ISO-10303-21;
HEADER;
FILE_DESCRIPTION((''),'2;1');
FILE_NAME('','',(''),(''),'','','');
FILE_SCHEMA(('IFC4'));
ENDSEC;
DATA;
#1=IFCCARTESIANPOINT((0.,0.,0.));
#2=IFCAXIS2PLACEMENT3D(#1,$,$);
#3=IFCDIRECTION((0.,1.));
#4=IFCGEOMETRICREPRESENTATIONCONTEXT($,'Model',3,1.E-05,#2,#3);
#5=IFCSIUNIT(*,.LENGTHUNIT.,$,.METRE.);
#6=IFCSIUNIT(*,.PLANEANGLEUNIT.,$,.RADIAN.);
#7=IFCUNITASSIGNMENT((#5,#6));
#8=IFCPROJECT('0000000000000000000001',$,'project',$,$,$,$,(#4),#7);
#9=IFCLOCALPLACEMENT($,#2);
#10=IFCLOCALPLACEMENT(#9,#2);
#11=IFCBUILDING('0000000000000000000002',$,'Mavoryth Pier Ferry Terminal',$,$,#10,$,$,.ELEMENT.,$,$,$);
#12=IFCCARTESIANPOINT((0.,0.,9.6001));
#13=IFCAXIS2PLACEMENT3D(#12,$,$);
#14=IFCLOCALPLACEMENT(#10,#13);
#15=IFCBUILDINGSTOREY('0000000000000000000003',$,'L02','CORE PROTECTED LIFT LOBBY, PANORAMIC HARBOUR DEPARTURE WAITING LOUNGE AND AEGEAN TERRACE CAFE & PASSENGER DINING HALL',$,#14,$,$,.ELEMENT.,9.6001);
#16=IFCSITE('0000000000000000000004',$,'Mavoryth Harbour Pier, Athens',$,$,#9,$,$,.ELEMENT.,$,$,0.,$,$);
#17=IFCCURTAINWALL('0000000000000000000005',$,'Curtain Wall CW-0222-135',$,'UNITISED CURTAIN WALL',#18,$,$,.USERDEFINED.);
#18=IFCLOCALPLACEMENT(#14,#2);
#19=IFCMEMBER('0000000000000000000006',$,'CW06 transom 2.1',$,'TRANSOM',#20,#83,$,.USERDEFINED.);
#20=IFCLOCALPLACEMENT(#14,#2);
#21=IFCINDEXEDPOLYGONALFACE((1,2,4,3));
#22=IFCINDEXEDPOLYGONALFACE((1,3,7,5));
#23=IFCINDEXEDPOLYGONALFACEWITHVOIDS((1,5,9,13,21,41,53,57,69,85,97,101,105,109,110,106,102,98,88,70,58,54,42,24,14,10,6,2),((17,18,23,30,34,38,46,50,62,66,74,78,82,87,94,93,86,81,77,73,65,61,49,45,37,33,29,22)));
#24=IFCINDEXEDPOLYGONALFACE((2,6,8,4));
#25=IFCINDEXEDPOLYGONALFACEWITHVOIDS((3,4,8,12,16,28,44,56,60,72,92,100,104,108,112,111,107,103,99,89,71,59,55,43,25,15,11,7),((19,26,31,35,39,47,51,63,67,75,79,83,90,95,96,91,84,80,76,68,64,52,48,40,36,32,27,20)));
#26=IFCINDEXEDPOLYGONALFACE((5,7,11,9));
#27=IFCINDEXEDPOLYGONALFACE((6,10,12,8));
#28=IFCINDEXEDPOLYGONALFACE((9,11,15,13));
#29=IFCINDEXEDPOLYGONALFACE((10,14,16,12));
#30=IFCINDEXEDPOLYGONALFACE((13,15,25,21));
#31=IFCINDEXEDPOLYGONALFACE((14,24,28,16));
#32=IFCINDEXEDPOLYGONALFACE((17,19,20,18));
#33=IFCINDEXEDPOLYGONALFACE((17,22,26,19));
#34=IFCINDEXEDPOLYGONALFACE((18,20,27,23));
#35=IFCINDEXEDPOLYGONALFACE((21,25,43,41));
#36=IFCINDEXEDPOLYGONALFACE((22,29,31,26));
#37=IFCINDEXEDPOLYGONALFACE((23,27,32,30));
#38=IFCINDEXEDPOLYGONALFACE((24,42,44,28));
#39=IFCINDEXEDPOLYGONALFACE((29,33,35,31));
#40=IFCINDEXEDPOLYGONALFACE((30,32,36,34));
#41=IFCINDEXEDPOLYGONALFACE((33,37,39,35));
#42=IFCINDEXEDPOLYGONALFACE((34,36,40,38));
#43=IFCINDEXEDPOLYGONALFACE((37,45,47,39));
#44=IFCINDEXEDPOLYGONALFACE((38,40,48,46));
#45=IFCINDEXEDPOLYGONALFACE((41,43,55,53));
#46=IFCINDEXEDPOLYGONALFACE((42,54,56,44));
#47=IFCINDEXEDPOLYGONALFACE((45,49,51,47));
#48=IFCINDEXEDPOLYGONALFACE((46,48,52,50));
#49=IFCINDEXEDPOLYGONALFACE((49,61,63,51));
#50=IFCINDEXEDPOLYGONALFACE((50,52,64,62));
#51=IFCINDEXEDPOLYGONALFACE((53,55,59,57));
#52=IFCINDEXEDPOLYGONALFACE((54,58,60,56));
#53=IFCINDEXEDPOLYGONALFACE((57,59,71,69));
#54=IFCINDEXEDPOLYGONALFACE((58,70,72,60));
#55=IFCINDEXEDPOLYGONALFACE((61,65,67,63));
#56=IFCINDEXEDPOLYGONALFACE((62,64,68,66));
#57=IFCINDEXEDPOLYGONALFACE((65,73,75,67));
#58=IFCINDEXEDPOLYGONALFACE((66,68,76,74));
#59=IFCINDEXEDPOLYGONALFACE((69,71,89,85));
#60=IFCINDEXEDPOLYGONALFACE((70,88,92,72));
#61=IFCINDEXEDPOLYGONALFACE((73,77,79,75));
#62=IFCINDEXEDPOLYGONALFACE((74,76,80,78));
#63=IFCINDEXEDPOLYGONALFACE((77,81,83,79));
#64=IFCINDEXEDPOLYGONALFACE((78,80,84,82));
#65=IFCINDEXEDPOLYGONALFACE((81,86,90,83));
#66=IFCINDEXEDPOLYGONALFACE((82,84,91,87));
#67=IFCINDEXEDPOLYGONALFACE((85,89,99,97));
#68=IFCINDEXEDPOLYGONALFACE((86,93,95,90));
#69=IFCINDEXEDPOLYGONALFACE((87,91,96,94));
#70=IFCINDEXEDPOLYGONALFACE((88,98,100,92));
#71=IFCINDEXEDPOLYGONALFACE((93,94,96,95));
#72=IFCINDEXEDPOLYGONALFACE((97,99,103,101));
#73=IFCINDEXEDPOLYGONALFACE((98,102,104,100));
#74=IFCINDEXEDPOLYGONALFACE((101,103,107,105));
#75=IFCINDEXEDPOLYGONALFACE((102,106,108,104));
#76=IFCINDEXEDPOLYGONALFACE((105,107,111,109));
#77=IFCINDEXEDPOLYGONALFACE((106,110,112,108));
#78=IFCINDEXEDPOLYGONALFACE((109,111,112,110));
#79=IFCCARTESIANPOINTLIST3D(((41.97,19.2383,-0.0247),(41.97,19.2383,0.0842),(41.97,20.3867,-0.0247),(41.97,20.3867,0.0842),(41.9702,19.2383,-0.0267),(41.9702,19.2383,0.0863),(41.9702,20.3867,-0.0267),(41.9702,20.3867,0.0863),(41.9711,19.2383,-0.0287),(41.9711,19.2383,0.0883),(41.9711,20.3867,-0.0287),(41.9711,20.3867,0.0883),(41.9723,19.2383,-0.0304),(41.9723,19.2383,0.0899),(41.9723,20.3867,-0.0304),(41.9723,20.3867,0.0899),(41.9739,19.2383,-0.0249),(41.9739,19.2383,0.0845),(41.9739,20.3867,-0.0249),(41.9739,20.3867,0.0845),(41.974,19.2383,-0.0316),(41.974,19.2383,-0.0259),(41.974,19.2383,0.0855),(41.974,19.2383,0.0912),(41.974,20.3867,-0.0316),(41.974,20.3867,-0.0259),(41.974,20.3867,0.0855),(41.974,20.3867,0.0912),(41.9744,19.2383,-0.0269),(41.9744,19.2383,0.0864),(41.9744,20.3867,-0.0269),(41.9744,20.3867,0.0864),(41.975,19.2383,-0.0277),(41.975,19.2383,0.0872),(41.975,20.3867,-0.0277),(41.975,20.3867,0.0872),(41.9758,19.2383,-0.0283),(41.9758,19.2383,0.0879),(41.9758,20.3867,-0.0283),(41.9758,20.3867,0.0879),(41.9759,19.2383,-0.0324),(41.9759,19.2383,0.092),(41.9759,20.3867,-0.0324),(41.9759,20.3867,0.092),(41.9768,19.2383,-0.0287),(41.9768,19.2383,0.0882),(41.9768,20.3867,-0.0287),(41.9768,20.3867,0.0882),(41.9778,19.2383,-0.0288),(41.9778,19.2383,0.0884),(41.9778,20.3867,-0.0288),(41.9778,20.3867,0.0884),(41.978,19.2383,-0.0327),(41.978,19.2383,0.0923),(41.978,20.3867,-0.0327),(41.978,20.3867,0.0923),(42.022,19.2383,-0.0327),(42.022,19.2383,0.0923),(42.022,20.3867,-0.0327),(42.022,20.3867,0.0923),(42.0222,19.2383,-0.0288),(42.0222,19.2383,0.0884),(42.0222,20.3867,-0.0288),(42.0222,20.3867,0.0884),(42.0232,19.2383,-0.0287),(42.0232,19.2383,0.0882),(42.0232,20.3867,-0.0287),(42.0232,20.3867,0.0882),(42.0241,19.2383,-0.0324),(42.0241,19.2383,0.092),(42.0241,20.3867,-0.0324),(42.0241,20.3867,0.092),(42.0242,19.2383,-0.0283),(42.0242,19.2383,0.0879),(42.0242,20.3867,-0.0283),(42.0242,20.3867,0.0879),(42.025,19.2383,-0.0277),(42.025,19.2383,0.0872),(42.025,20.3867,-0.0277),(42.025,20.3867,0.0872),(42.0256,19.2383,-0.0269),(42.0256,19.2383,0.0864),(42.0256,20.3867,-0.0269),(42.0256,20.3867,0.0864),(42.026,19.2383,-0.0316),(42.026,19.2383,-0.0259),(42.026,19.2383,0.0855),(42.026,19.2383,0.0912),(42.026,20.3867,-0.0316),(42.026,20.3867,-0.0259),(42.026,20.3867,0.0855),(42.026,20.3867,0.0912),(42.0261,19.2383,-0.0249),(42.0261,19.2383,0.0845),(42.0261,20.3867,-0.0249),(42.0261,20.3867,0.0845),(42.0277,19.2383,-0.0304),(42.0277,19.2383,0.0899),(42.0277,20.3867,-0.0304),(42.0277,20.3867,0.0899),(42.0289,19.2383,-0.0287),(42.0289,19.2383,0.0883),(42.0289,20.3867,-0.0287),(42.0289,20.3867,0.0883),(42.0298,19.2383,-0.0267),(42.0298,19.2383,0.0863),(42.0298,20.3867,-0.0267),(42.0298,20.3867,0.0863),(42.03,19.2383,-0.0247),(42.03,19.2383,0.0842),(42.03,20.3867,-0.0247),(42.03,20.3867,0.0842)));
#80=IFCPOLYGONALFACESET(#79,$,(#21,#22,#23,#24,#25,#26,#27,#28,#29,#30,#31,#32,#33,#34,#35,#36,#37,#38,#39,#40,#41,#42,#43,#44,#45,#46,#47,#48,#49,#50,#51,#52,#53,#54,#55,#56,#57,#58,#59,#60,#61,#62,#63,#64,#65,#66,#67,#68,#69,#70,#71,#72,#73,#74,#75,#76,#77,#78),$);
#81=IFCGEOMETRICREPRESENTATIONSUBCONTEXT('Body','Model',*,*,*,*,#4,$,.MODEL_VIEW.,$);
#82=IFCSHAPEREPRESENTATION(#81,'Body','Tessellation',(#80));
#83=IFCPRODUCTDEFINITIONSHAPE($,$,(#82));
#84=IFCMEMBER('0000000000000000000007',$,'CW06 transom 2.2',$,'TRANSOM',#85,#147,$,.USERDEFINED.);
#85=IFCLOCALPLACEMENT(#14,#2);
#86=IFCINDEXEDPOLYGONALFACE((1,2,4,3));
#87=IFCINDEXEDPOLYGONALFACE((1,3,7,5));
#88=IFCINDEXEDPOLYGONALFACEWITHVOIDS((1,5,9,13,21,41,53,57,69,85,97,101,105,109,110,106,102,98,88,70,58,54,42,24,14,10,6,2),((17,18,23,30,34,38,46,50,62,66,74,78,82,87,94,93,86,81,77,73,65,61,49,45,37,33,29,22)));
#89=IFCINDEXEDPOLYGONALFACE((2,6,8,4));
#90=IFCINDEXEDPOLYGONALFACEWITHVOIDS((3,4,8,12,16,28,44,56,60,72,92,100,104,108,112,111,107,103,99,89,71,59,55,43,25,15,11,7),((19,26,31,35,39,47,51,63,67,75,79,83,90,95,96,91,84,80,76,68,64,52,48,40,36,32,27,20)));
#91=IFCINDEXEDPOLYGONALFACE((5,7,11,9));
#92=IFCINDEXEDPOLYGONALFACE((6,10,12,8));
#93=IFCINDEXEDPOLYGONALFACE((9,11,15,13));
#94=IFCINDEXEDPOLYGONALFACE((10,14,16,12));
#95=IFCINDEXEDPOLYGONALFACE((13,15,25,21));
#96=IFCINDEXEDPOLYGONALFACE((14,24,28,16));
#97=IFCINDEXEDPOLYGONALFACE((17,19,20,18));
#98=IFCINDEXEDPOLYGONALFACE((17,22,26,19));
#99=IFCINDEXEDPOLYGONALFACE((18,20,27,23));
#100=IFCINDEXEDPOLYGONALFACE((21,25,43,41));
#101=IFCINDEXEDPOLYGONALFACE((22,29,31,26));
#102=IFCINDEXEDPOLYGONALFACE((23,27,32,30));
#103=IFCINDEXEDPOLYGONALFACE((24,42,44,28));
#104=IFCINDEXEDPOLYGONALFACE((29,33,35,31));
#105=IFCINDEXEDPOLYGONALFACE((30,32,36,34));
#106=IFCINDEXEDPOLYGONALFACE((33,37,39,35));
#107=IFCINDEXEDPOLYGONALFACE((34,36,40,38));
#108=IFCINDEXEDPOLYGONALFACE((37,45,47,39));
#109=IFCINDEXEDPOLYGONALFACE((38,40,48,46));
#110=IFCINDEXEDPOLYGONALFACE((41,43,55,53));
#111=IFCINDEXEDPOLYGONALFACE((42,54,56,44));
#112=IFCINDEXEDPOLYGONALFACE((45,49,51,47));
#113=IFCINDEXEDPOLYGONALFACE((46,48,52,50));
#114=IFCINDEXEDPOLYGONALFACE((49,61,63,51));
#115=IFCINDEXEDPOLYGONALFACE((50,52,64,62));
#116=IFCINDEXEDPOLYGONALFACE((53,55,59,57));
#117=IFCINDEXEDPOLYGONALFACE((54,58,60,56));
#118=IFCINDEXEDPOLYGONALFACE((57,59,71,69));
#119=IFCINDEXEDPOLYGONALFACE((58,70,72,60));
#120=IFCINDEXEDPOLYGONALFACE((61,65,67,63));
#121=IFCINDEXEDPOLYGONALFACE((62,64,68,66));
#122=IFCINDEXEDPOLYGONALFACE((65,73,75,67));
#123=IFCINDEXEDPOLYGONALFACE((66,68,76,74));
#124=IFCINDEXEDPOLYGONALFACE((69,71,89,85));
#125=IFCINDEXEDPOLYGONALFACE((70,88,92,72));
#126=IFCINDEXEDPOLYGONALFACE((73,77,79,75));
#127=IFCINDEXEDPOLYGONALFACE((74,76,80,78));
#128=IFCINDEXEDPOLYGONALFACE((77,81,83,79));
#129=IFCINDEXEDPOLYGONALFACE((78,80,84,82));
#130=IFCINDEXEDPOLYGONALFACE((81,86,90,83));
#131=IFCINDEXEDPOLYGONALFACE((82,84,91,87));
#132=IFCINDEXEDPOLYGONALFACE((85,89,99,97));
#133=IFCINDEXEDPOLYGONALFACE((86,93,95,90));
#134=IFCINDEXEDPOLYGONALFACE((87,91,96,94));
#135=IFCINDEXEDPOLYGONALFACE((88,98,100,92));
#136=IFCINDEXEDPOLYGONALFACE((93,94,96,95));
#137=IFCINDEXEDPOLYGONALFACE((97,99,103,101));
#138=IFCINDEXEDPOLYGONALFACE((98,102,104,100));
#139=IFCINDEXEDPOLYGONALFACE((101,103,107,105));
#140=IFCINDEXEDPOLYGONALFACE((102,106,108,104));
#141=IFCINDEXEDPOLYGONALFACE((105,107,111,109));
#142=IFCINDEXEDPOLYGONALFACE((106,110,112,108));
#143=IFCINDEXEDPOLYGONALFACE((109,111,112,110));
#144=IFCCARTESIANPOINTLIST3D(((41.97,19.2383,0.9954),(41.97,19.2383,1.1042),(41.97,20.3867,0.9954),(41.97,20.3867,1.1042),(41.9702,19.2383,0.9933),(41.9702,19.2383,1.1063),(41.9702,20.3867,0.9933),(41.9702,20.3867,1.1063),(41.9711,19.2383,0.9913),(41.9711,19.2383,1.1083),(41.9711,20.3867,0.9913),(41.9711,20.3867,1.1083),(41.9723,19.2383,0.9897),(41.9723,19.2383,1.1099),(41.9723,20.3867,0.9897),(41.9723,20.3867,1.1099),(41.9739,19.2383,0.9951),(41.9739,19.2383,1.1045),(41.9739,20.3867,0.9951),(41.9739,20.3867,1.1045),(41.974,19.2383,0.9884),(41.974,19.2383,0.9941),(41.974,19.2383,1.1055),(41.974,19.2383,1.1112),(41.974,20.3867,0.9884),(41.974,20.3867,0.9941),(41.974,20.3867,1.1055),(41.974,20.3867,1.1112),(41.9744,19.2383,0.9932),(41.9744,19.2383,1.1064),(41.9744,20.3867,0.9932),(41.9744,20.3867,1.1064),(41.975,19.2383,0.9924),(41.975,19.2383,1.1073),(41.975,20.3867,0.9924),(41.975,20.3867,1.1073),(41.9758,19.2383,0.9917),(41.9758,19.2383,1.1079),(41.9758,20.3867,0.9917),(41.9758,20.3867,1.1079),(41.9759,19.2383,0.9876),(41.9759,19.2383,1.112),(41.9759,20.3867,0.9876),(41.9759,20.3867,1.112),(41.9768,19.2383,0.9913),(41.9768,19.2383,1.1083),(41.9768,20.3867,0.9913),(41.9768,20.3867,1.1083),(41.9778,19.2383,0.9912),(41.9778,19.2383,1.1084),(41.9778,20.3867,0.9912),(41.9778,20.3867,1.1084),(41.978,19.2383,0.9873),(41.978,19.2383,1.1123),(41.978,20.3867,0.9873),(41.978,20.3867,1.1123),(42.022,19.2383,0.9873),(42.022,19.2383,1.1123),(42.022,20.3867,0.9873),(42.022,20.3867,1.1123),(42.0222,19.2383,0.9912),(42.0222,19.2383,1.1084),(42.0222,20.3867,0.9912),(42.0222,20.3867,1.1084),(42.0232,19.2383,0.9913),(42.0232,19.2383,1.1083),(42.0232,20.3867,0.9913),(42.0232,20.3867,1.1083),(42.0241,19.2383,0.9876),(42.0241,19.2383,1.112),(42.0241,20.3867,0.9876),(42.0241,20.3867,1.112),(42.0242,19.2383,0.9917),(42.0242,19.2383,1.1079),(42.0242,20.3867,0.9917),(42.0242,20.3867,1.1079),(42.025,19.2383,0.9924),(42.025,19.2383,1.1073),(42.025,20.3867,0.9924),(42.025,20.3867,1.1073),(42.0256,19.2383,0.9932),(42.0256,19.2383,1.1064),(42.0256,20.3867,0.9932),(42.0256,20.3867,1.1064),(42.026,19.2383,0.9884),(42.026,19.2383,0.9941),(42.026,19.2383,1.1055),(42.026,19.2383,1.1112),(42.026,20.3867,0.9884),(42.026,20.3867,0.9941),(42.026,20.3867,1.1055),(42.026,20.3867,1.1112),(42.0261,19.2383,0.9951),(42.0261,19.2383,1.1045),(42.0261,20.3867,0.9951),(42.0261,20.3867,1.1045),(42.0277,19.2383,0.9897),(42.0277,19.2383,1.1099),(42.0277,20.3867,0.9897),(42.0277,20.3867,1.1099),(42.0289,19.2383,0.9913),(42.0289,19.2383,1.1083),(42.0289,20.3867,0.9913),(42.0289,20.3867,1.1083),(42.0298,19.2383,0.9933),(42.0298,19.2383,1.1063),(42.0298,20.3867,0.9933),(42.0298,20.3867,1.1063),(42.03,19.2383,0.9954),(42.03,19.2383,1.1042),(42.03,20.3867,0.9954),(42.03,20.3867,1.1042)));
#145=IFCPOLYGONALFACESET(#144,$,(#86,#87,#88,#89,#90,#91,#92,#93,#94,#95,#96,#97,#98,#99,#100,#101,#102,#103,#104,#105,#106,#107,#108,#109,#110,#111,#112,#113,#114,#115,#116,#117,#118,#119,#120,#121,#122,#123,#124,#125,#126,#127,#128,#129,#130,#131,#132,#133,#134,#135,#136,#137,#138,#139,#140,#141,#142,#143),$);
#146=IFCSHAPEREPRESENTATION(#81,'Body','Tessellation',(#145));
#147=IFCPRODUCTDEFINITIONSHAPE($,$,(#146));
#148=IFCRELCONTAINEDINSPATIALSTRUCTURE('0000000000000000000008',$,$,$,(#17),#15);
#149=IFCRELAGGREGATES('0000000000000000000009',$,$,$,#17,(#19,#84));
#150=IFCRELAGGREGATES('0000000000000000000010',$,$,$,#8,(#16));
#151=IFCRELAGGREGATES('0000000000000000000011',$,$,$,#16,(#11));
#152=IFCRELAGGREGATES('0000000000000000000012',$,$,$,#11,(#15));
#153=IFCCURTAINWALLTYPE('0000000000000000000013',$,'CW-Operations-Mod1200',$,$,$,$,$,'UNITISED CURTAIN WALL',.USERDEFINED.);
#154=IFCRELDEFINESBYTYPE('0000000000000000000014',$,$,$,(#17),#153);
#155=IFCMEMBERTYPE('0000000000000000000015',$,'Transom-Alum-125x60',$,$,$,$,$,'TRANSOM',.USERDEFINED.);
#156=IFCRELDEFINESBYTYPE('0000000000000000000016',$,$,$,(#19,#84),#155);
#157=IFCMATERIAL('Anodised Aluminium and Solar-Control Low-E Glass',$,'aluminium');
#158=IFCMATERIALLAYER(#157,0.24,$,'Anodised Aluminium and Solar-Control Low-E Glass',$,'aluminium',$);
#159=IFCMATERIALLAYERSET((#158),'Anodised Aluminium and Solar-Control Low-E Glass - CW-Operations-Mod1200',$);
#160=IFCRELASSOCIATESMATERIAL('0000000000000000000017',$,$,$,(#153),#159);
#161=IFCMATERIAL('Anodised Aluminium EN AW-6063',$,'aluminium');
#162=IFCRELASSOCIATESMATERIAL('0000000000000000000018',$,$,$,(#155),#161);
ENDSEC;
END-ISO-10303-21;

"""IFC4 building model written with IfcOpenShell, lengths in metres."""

from ifc_helpers import new_model, si_unit, direction, frame, origin, origin_2d, place, context, subcontext, project, spatial, hollow_rectangle, extrude, material, layer, layer_set, material_profile, profile_set, type_object, element, aggregate, save


model = new_model("IFC4")

# Units and contexts
model_context = context("Model", 3, precision=1e-05, world=origin(), true_north=direction((0.0, 1.0)))
body_context = subcontext(model_context, "Body", "Model", "MODEL_VIEW")
ifc_project = project(units=[si_unit("LENGTHUNIT", "METRE"), si_unit("PLANEANGLEUNIT", "RADIAN")], contexts=[model_context])

# Site, building, storey
site_placement = place(None, origin())
site = spatial("IfcSite", under=ifc_project, at=site_placement, Name="Mavoryth Harbour Pier, Athens", CompositionType="ELEMENT", RefElevation=0.0)
building_placement = place(site_placement, origin())
building = spatial("IfcBuilding", under=site, at=building_placement, Name="Mavoryth Pier Ferry Terminal", CompositionType="ELEMENT")
storey_placement = place(building_placement, frame((0.0, 0.0, 9.6001)))
storey = spatial("IfcBuildingStorey", under=building, at=storey_placement, Name="L02", Description="CORE PROTECTED LIFT LOBBY, PANORAMIC HARBOUR DEPARTURE WAITING LOUNGE AND AEGEAN TERRACE CAFE & PASSENGER DINING HALL", CompositionType="ELEMENT", Elevation=9.6001)

# Curtain wall
ifc_material_1 = material(Name="Anodised Aluminium and Solar-Control Low-E Glass", Category="aluminium")
ifc_layer_1 = layer(ifc_material_1, 0.24, Name="Anodised Aluminium and Solar-Control Low-E Glass", Category="aluminium")
ifc_layer_set_1 = layer_set([ifc_layer_1], Name="Anodised Aluminium and Solar-Control Low-E Glass - CW-Operations-Mod1200")
curtain_wall_type = type_object("IfcCurtainWallType", Name="CW-Operations-Mod1200", ElementType="UNITISED CURTAIN WALL", PredefinedType="USERDEFINED", material=ifc_layer_set_1)
curtain_wall_placement = place(storey_placement, origin())
curtain_wall = element("IfcCurtainWall", 1, at=curtain_wall_placement, inside=storey, type_object=curtain_wall_type, Name="Curtain Wall CW-0222-135", ObjectType="UNITISED CURTAIN WALL", PredefinedType="USERDEFINED")
ifc_material_2 = material(Name="Anodised Aluminium EN AW-6063", Category="aluminium")

# Members
ifc_material_profile_1 = material_profile(ifc_material_2, hollow_rectangle(XDim=0.0601, YDim=0.125, WallThickness=0.0039, InnerFilletRadius=0.0039, OuterFilletRadius=0.0081, at=origin_2d()), Name="AL-TRAN 125x60x4", Category="aluminium")
ifc_profile_set_1 = profile_set([ifc_material_profile_1], Name="Anodised Aluminium EN AW-6063 - AL-TRAN 125x60x4")
member_type_1 = type_object("IfcMemberType", Name="Transom-Alum-125x60", ElementType="TRANSOM", PredefinedType="USERDEFINED", material=ifc_profile_set_1)
member_1_placement = place(storey_placement, frame((42.0, 20.3867, 0.0298), z_axis=(0.0, -1.0, 0.0), x_axis=(1.0, 0.0, 0.0)))
member_1 = element("IfcMember", 2, at=member_1_placement, type_object=member_type_1, Name="CW06 transom 2.1", ObjectType="TRANSOM", PredefinedType="USERDEFINED", context=body_context, shape_type="SweptSolid", body=[
    extrude(hollow_rectangle(XDim=0.0601, YDim=0.125, WallThickness=0.0039, InnerFilletRadius=0.0039, OuterFilletRadius=0.0081, at=origin_2d()), origin(), (0.0, 0.0, 1.0), 1.1484),
])
member_2_placement = place(storey_placement, frame((42.0, 20.3867, 1.0498), z_axis=(0.0, -1.0, 0.0), x_axis=(1.0, 0.0, 0.0)))
member_2 = element("IfcMember", 3, at=member_2_placement, type_object=member_type_1, Name="CW06 transom 2.2", ObjectType="TRANSOM", PredefinedType="USERDEFINED", context=body_context, shape_type="SweptSolid", body=[
    extrude(hollow_rectangle(XDim=0.0601, YDim=0.125, WallThickness=0.0039, InnerFilletRadius=0.0039, OuterFilletRadius=0.0081, at=origin_2d()), origin(), (0.0, 0.0, 1.0), 1.1484),
])

aggregate(curtain_wall, [member_1, member_2])

save(model, "model.ifc")
